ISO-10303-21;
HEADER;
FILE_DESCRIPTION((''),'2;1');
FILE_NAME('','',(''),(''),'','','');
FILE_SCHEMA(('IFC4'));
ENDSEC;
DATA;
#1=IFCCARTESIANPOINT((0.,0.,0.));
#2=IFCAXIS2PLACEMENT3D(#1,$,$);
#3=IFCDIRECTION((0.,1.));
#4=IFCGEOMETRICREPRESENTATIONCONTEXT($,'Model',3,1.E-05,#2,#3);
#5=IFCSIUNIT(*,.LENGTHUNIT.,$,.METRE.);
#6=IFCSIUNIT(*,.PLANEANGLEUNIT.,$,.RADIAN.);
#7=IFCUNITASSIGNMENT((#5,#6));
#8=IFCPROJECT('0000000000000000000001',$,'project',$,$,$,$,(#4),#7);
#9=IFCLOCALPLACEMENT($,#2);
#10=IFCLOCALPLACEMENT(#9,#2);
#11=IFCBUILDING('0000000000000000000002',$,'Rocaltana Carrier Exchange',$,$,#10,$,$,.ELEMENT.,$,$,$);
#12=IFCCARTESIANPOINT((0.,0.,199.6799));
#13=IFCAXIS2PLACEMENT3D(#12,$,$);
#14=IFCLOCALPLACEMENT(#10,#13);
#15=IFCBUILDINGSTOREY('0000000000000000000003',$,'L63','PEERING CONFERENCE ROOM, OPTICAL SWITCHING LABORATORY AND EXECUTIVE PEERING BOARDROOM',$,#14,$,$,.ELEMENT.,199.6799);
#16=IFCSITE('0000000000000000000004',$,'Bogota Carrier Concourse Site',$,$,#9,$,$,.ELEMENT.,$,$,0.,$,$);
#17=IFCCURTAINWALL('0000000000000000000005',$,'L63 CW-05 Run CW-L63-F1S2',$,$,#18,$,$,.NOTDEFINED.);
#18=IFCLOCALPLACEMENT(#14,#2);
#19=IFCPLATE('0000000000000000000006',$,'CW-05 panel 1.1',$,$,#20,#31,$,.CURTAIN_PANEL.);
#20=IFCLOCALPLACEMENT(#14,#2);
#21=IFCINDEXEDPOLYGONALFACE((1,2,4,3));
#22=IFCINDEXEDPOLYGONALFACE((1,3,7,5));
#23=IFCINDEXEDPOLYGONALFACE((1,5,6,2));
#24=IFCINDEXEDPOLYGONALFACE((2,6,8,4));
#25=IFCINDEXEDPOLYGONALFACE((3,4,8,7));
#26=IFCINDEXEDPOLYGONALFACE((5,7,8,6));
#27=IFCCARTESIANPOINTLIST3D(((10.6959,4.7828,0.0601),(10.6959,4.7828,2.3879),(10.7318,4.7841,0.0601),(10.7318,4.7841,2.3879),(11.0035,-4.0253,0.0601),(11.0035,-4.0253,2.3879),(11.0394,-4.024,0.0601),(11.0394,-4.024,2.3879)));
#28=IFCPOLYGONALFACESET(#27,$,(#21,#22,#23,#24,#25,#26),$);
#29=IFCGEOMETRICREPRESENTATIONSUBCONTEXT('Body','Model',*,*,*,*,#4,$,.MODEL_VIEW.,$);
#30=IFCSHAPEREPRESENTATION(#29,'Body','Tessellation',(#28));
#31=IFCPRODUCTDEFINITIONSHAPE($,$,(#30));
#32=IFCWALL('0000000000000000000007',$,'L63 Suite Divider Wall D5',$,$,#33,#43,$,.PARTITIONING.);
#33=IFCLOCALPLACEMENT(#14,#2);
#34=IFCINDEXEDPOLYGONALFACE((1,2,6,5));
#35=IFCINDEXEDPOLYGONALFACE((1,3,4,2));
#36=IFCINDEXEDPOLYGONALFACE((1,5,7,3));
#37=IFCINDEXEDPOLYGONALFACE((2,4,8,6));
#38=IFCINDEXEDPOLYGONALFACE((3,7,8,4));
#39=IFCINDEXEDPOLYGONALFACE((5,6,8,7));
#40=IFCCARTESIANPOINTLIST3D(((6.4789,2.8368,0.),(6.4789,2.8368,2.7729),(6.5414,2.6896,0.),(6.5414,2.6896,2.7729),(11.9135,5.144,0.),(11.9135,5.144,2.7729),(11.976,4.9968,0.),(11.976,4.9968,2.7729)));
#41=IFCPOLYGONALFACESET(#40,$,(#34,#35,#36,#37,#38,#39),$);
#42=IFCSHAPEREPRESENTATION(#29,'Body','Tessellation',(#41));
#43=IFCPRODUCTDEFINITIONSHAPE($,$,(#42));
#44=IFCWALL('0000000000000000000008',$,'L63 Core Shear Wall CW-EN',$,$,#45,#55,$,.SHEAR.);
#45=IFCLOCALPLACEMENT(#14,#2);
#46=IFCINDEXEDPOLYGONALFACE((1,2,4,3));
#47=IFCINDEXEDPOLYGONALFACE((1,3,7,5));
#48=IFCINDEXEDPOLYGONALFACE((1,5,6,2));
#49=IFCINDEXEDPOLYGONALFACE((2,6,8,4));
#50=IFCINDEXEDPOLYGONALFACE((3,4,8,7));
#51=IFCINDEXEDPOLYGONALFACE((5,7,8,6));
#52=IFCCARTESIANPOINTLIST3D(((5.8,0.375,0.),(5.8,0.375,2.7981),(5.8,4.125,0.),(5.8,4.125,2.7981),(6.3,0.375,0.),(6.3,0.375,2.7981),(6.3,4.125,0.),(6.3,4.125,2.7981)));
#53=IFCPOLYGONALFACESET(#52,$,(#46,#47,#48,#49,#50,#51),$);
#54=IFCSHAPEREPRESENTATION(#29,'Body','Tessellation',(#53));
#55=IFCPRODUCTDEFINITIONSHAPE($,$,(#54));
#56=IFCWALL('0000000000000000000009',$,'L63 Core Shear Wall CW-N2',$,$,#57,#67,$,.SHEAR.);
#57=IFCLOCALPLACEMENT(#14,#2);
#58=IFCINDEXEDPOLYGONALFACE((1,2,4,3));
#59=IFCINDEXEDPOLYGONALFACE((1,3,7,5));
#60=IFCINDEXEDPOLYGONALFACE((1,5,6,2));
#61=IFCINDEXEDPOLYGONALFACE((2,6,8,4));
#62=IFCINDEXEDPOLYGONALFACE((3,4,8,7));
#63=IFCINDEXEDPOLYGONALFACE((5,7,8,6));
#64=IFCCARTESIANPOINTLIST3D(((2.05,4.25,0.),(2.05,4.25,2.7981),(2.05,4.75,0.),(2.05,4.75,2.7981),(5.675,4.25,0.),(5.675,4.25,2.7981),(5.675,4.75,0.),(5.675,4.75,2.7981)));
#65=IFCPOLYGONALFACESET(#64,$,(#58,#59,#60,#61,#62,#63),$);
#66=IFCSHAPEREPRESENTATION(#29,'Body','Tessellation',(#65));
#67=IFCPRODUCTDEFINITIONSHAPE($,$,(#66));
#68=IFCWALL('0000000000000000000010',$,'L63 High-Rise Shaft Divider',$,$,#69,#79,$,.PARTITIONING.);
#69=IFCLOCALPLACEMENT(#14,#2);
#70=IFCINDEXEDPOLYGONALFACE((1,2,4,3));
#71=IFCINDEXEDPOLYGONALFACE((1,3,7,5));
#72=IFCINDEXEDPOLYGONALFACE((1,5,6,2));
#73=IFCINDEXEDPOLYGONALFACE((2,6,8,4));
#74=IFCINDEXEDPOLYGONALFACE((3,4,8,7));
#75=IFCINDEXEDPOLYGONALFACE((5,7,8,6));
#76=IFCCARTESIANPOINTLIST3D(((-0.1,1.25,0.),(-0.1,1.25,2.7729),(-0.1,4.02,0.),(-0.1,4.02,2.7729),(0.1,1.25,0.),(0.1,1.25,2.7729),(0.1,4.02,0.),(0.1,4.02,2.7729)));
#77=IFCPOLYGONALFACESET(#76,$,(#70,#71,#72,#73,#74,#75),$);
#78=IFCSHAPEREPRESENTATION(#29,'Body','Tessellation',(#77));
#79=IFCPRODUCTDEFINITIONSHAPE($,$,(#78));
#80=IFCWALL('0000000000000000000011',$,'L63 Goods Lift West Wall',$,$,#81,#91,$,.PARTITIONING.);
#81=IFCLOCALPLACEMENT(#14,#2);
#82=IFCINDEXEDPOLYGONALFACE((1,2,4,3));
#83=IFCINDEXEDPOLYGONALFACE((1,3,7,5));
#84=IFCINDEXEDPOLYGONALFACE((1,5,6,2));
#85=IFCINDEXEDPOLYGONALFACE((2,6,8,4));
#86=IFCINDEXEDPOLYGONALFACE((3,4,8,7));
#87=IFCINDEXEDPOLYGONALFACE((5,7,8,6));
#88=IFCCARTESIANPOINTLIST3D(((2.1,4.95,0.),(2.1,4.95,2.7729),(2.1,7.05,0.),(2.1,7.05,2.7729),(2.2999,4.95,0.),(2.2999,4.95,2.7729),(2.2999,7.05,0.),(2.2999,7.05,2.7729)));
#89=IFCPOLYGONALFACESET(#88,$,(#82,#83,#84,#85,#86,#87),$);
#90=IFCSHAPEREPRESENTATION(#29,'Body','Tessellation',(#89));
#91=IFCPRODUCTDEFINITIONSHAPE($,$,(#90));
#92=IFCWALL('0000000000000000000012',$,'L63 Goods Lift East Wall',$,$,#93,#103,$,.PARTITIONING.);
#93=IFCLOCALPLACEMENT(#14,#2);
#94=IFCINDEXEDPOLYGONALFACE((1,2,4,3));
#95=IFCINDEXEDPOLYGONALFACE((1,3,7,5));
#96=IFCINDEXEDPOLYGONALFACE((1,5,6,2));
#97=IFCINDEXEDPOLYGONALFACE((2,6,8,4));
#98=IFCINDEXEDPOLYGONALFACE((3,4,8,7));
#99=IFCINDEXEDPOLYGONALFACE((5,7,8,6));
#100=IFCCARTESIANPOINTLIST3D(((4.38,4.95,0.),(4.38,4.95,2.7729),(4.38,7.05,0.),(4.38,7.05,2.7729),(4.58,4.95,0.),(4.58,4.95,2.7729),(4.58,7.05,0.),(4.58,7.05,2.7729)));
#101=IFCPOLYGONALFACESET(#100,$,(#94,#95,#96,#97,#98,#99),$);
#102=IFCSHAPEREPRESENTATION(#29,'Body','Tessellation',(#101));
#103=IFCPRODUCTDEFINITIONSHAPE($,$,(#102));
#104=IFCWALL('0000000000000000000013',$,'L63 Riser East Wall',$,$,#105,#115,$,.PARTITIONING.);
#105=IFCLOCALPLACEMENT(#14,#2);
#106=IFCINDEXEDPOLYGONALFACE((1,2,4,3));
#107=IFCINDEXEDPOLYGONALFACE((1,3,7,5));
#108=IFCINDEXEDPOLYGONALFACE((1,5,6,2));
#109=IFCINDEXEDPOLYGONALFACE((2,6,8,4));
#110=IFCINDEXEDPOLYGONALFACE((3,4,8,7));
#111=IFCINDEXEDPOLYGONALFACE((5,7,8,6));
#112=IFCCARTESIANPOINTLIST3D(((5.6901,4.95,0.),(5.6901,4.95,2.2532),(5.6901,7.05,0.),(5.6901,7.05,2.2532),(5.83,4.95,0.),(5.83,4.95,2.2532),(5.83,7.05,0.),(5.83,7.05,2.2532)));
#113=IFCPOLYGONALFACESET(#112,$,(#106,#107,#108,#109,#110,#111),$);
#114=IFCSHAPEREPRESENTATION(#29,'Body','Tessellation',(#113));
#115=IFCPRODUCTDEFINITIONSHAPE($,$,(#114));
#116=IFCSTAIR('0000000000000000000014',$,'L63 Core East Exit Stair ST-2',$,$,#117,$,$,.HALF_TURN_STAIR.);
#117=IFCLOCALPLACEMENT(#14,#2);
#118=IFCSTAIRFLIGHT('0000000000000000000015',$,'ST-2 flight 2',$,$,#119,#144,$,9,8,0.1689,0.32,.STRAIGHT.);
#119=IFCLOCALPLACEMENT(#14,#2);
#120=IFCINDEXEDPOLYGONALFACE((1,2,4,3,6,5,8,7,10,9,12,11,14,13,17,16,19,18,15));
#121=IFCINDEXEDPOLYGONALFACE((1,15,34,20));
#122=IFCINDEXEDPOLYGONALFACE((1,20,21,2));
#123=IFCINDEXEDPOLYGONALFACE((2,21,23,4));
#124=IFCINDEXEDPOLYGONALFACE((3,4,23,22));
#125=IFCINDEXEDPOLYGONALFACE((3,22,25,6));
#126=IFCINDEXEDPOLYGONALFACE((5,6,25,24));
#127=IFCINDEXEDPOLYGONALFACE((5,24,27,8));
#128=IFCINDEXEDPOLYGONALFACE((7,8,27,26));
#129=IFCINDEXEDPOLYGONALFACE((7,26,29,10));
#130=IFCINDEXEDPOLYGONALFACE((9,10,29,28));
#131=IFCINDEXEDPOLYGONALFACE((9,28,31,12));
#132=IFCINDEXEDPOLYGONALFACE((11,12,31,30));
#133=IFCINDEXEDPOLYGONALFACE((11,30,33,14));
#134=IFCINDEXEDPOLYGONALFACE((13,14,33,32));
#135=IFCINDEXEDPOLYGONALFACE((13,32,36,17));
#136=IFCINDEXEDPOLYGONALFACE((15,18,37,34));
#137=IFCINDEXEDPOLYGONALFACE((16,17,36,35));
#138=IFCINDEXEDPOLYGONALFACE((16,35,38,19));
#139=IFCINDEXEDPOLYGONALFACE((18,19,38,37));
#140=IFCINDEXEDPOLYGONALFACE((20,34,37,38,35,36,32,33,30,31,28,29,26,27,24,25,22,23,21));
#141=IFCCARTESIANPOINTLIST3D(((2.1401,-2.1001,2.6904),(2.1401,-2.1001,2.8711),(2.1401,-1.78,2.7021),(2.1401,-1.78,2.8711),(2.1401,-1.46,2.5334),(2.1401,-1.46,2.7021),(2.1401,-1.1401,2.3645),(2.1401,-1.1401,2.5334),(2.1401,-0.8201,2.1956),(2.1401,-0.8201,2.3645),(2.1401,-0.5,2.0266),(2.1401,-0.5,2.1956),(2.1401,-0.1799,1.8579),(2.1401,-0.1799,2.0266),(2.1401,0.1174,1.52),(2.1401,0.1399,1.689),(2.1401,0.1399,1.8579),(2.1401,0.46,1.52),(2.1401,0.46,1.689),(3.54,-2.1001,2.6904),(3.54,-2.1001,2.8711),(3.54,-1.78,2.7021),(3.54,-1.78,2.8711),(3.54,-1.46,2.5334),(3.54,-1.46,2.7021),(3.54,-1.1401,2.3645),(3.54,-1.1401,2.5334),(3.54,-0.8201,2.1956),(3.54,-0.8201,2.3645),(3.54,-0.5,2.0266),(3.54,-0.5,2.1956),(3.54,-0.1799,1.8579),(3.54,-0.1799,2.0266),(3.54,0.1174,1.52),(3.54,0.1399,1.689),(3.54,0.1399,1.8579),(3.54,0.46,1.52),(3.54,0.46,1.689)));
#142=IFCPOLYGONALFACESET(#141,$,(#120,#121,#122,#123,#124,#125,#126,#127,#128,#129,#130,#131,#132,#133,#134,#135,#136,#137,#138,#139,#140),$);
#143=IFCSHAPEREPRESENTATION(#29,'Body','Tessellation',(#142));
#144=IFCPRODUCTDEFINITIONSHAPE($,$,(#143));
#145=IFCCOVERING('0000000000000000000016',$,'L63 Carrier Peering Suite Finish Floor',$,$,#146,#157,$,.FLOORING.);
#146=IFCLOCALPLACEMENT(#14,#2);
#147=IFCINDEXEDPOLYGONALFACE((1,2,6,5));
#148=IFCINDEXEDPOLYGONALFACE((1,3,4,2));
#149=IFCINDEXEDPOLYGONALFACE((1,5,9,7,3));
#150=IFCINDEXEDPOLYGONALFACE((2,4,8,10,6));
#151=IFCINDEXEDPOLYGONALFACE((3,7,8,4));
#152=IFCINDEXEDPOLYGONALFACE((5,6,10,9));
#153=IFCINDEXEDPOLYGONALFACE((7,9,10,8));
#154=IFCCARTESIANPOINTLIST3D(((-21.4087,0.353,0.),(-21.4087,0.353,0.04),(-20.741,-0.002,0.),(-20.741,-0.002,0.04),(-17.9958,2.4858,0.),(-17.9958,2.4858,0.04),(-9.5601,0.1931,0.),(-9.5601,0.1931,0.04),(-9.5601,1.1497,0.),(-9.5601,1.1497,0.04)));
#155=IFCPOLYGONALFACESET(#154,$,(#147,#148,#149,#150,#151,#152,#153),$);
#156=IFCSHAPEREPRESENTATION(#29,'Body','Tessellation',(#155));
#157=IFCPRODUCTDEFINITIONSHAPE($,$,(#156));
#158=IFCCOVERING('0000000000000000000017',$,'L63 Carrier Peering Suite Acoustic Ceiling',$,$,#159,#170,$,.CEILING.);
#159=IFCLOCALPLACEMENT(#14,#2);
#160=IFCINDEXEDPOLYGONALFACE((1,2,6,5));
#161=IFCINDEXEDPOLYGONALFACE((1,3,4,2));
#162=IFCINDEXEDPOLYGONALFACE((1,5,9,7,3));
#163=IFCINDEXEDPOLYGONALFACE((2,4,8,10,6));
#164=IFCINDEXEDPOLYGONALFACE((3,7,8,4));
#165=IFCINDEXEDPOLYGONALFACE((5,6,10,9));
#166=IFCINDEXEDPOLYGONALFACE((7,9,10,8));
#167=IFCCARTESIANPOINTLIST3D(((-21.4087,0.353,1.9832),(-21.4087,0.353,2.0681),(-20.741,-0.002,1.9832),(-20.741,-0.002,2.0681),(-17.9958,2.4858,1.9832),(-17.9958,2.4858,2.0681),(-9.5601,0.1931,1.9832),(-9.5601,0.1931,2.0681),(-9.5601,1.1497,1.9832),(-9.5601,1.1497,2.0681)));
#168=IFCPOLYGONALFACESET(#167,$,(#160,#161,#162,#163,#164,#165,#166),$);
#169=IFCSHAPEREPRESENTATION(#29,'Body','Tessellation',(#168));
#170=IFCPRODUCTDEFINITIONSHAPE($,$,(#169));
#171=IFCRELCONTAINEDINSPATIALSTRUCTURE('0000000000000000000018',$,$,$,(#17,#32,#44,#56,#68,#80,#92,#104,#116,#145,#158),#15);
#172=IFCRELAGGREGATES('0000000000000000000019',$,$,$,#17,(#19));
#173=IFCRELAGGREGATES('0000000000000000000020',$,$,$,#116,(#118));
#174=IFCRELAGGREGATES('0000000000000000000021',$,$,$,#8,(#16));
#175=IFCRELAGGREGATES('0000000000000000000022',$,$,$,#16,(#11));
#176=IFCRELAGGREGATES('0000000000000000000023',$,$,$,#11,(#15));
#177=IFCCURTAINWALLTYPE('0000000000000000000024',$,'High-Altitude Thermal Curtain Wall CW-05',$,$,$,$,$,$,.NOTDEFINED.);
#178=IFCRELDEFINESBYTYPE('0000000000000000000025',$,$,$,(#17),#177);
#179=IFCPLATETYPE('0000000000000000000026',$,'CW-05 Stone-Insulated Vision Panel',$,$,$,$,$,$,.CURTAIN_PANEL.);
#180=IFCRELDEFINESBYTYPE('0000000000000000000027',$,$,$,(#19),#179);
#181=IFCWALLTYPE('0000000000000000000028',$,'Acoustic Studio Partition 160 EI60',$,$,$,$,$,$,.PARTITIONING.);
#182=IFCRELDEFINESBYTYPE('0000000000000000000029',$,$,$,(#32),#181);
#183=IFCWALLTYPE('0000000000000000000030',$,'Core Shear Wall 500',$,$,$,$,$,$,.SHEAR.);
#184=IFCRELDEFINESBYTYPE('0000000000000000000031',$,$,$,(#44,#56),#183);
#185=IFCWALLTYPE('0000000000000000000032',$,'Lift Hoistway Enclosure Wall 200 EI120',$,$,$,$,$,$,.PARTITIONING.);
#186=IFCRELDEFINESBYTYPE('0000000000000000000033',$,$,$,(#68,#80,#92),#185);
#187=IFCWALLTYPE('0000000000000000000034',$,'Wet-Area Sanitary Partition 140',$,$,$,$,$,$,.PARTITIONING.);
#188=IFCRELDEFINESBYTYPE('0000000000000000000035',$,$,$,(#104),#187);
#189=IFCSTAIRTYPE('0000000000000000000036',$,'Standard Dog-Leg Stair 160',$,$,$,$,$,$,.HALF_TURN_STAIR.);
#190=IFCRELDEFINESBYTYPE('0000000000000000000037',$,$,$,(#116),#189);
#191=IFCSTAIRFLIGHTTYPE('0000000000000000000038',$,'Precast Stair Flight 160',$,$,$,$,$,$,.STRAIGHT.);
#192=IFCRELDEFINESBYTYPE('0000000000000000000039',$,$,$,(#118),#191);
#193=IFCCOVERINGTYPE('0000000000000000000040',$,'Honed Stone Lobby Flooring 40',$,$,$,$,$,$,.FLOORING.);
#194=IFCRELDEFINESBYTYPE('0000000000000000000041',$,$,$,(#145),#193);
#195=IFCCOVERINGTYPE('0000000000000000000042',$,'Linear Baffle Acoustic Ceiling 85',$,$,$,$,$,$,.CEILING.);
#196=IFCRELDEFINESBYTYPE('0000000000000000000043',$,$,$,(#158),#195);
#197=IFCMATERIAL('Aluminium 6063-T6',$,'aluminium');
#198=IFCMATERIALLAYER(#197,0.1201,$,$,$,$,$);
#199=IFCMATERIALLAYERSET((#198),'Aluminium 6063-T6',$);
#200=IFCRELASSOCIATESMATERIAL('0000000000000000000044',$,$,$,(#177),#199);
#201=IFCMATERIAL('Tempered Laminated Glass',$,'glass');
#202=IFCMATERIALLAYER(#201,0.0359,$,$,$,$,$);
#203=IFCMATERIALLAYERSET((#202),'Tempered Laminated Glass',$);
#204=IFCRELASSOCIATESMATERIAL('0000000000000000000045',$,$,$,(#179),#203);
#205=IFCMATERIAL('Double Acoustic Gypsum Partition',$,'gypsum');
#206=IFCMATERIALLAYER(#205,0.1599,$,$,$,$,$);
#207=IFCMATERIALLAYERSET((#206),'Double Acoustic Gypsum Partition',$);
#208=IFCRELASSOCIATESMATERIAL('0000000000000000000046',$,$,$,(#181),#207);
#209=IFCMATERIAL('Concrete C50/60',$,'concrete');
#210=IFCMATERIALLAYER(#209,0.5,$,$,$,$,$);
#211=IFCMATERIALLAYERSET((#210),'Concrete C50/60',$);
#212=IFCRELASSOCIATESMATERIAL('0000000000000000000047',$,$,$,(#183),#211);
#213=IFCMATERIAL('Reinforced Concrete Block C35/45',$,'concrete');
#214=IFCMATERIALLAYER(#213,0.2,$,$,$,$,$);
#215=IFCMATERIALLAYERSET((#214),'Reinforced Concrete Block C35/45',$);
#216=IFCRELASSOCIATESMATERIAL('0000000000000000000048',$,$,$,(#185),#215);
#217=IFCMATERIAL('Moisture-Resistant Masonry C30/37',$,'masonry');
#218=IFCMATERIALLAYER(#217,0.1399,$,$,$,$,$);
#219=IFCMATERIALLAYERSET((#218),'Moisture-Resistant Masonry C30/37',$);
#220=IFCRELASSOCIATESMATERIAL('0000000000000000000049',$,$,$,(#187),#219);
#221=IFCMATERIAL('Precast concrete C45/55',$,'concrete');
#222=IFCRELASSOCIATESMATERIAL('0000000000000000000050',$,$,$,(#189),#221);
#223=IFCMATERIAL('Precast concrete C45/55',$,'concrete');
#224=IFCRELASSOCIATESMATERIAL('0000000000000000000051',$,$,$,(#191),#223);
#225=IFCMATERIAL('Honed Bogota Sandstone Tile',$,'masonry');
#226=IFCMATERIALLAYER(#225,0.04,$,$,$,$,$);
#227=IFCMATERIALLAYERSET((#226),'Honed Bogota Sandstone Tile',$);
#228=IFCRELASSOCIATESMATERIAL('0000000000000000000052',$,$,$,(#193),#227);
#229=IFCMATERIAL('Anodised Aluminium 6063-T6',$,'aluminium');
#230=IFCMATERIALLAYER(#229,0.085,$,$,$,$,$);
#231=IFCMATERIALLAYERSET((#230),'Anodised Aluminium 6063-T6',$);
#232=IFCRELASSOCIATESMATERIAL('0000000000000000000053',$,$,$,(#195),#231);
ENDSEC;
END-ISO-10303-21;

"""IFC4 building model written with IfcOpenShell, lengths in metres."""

from ifc_helpers import new_model, si_unit, direction, frame, frame_2d, origin, origin_2d, place, context, subcontext, project, spatial, polyline, rectangle, outline, extrude, material, layer, layer_set, type_object, element, aggregate, save


model = new_model("IFC4")

# Units and contexts
model_context = context("Model", 3, precision=1e-05, world=origin(), true_north=direction((0.0, 1.0)))
body_context = subcontext(model_context, "Body", "Model", "MODEL_VIEW")
ifc_project = project(units=[si_unit("LENGTHUNIT", "METRE"), si_unit("PLANEANGLEUNIT", "RADIAN")], contexts=[model_context])

# Site, building, storey
site_placement = place(None, origin())
site = spatial("IfcSite", under=ifc_project, at=site_placement, Name="Bogota Carrier Concourse Site", CompositionType="ELEMENT", RefElevation=0.0)
building_placement = place(site_placement, origin())
building = spatial("IfcBuilding", under=site, at=building_placement, Name="Rocaltana Carrier Exchange", CompositionType="ELEMENT")
storey_placement = place(building_placement, frame((0.0, 0.0, 199.6799)))
storey = spatial("IfcBuildingStorey", under=building, at=storey_placement, Name="L63", Description="PEERING CONFERENCE ROOM, OPTICAL SWITCHING LABORATORY AND EXECUTIVE PEERING BOARDROOM", CompositionType="ELEMENT", Elevation=199.6799)

# Curtain wall
ifc_material_1 = material(Name="Aluminium 6063-T6", Category="aluminium")
ifc_layer_1 = layer(ifc_material_1, 0.1201)
ifc_layer_set_1 = layer_set([ifc_layer_1], Name="Aluminium 6063-T6")
curtain_wall_type = type_object("IfcCurtainWallType", Name="High-Altitude Thermal Curtain Wall CW-05", PredefinedType="NOTDEFINED", material=ifc_layer_set_1)
curtain_wall_placement = place(storey_placement, origin())
curtain_wall = element("IfcCurtainWall", 1, at=curtain_wall_placement, inside=storey, type_object=curtain_wall_type, Name="L63 CW-05 Run CW-L63-F1S2", PredefinedType="NOTDEFINED")

# Plate
ifc_material_2 = material(Name="Tempered Laminated Glass", Category="glass")
ifc_layer_2 = layer(ifc_material_2, 0.0359)
ifc_layer_set_2 = layer_set([ifc_layer_2], Name="Tempered Laminated Glass")
plate_type = type_object("IfcPlateType", Name="CW-05 Stone-Insulated Vision Panel", PredefinedType="CURTAIN_PANEL", material=ifc_layer_set_2)
plate_placement = place(storey_placement, frame((10.8677, 0.3794, 0.0601), z_axis=(0.0, 0.0, 1.0), x_axis=(-0.034903, 0.999391, 0.0)))
plate = element("IfcPlate", 2, at=plate_placement, type_object=plate_type, Name="CW-05 panel 1.1", PredefinedType="CURTAIN_PANEL", context=body_context, shape_type="SweptSolid", body=[
    extrude(rectangle(XDim=8.8135, YDim=0.0359, at=origin_2d()), origin(), (0.0, 0.0, 1.0), 2.3279),
])
aggregate(curtain_wall, [plate])

# Walls
ifc_material_3 = material(Name="Double Acoustic Gypsum Partition", Category="gypsum")
ifc_layer_3 = layer(ifc_material_3, 0.1599)
ifc_layer_set_3 = layer_set([ifc_layer_3], Name="Double Acoustic Gypsum Partition")
wall_type_1 = type_object("IfcWallType", Name="Acoustic Studio Partition 160 EI60", PredefinedType="PARTITIONING", material=ifc_layer_set_3)
wall_1_placement = place(storey_placement, frame((6.51, 2.7632, 0.0), z_axis=(0.0, 0.0, 1.0), x_axis=(0.920487, 0.390773, 0.0)))
element("IfcWall", 3, at=wall_1_placement, inside=storey, type_object=wall_type_1, Name="L63 Suite Divider Wall D5", PredefinedType="PARTITIONING", context=body_context, shape_type="SweptSolid", body=[
    extrude(rectangle(XDim=5.9041, YDim=0.1599, at=frame_2d((2.9521, 0.0))), origin(), (0.0, 0.0, 1.0), 2.7729),
])
ifc_material_4 = material(Name="Concrete C50/60", Category="concrete")
ifc_layer_4 = layer(ifc_material_4, 0.5)
ifc_layer_set_4 = layer_set([ifc_layer_4], Name="Concrete C50/60")
wall_type_2 = type_object("IfcWallType", Name="Core Shear Wall 500", PredefinedType="SHEAR", material=ifc_layer_set_4)
wall_2_placement = place(storey_placement, frame((6.05, 0.375, 0.0), z_axis=(0.0, 0.0, 1.0), x_axis=(0.0, 1.0, 0.0)))
element("IfcWall", 4, at=wall_2_placement, inside=storey, type_object=wall_type_2, Name="L63 Core Shear Wall CW-EN", PredefinedType="SHEAR", context=body_context, shape_type="SweptSolid", body=[
    extrude(rectangle(XDim=3.75, YDim=0.5, at=frame_2d((1.875, 0.0))), origin(), (0.0, 0.0, 1.0), 2.7981),
])
wall_3_placement = place(storey_placement, frame((2.05, 4.5, 0.0), z_axis=(0.0, 0.0, 1.0), x_axis=(1.0, 0.0, 0.0)))
element("IfcWall", 5, at=wall_3_placement, inside=storey, type_object=wall_type_2, Name="L63 Core Shear Wall CW-N2", PredefinedType="SHEAR", context=body_context, shape_type="SweptSolid", body=[
    extrude(rectangle(XDim=3.625, YDim=0.5, at=frame_2d((1.8125, 0.0))), origin(), (0.0, 0.0, 1.0), 2.7981),
])
ifc_material_5 = material(Name="Reinforced Concrete Block C35/45", Category="concrete")
ifc_layer_5 = layer(ifc_material_5, 0.2)
ifc_layer_set_5 = layer_set([ifc_layer_5], Name="Reinforced Concrete Block C35/45")
wall_type_3 = type_object("IfcWallType", Name="Lift Hoistway Enclosure Wall 200 EI120", PredefinedType="PARTITIONING", material=ifc_layer_set_5)
wall_4_placement = place(storey_placement, frame((0.0, 1.25, 0.0), z_axis=(0.0, 0.0, 1.0), x_axis=(0.0, 1.0, 0.0)))
element("IfcWall", 6, at=wall_4_placement, inside=storey, type_object=wall_type_3, Name="L63 High-Rise Shaft Divider", PredefinedType="PARTITIONING", context=body_context, shape_type="SweptSolid", body=[
    extrude(rectangle(XDim=2.77, YDim=0.2, at=frame_2d((1.385, 0.0))), origin(), (0.0, 0.0, 1.0), 2.7729),
])
for number, where, z_axis, x_axis, name in (
    (7, (2.2, 4.95, 0.0), (0.0, 0.0, 1.0), (0.0, 1.0, 0.0), "L63 Goods Lift West Wall"),
    (8, (4.48, 4.95, 0.0), (0.0, 0.0, 1.0), (0.0, 1.0, 0.0), "L63 Goods Lift East Wall"),
):
    element("IfcWall", number, at=place(storey_placement, frame(where, z_axis=z_axis, x_axis=x_axis)), inside=storey, type_object=wall_type_3, Name=name, PredefinedType="PARTITIONING", context=body_context, shape_type="SweptSolid", body=[
        extrude(rectangle(XDim=2.1001, YDim=0.2, at=frame_2d((1.05, 0.0))), origin(), (0.0, 0.0, 1.0), 2.7729),
    ])
ifc_material_6 = material(Name="Moisture-Resistant Masonry C30/37", Category="masonry")
ifc_layer_6 = layer(ifc_material_6, 0.1399)
ifc_layer_set_6 = layer_set([ifc_layer_6], Name="Moisture-Resistant Masonry C30/37")
wall_type_4 = type_object("IfcWallType", Name="Wet-Area Sanitary Partition 140", PredefinedType="PARTITIONING", material=ifc_layer_set_6)
wall_5_placement = place(storey_placement, frame((5.76, 4.95, 0.0), z_axis=(0.0, 0.0, 1.0), x_axis=(0.0, 1.0, 0.0)))
element("IfcWall", 9, at=wall_5_placement, inside=storey, type_object=wall_type_4, Name="L63 Riser East Wall", PredefinedType="PARTITIONING", context=body_context, shape_type="SweptSolid", body=[
    extrude(rectangle(XDim=2.1001, YDim=0.1399, at=frame_2d((1.05, 0.0))), origin(), (0.0, 0.0, 1.0), 2.2532),
])

# Stair, stair flight
ifc_material_7 = material(Name="Precast concrete C45/55", Category="concrete")
stair_type = type_object("IfcStairType", Name="Standard Dog-Leg Stair 160", PredefinedType="HALF_TURN_STAIR", material=ifc_material_7)
stair_placement = place(storey_placement, origin())
stair = element("IfcStair", 10, at=stair_placement, inside=storey, type_object=stair_type, Name="L63 Core East Exit Stair ST-2", PredefinedType="HALF_TURN_STAIR")
ifc_material_8 = material(Name="Precast concrete C45/55", Category="concrete")
stair_flight_type = type_object("IfcStairFlightType", Name="Precast Stair Flight 160", PredefinedType="STRAIGHT", material=ifc_material_8)
stair_flight_placement = place(storey_placement, frame((2.8401, 0.46, 1.52), z_axis=(0.0, 0.0, 1.0), x_axis=(0.0, -1.0, 0.0)))
stair_flight = element("IfcStairFlight", 11, at=stair_flight_placement, type_object=stair_flight_type, Name="ST-2 flight 2", NumberOfRisers=9, NumberOfTreads=8, PredefinedType="STRAIGHT", RiserHeight=0.1689, TreadLength=0.32, context=body_context, shape_type="SweptSolid", body=[
    extrude(outline(polyline([(0.0, 0.0), (0.0, 0.1689), (0.3201, 0.1689), (0.3201, 0.3379), (0.6399, 0.3379), (0.6399, 0.5066), (0.96, 0.5066), (0.96, 0.6755), (1.28, 0.6755), (1.28, 0.8445), (1.6001, 0.8445), (1.6001, 1.0134), (1.9199, 1.0134), (1.9199, 1.1821), (2.24, 1.1821), (2.24, 1.3511), (2.5601, 1.3511), (2.5601, 1.52), (2.5601, 1.1704), (0.3425, 0.0), (0.0, 0.0)])), frame((0.0, 0.7, 0.0), z_axis=(0.0, -1.0, 0.0), x_axis=(1.0, 0.0, 0.0)), (0.0, 0.0, 1.0), 1.3999),
])
aggregate(stair, [stair_flight])

# Coverings
ifc_material_9 = material(Name="Honed Bogota Sandstone Tile", Category="masonry")
ifc_layer_7 = layer(ifc_material_9, 0.04)
ifc_layer_set_7 = layer_set([ifc_layer_7], Name="Honed Bogota Sandstone Tile")
covering_type_1 = type_object("IfcCoveringType", Name="Honed Stone Lobby Flooring 40", PredefinedType="FLOORING", material=ifc_layer_set_7)
covering_1_placement = place(storey_placement, origin())
element("IfcCovering", 12, at=covering_1_placement, inside=storey, type_object=covering_type_1, Name="L63 Carrier Peering Suite Finish Floor", PredefinedType="FLOORING", context=body_context, shape_type="SweptSolid", body=[
    extrude(outline(polyline([(-21.4087, 0.353), (-17.9958, 2.4858), (-9.5601, 1.1497), (-9.5601, 0.1931), (-20.741, -0.002), (-21.4087, 0.353)])), origin(), (0.0, 0.0, 1.0), 0.04),
])
ifc_material_10 = material(Name="Anodised Aluminium 6063-T6", Category="aluminium")
ifc_layer_8 = layer(ifc_material_10, 0.085)
ifc_layer_set_8 = layer_set([ifc_layer_8], Name="Anodised Aluminium 6063-T6")
covering_type_2 = type_object("IfcCoveringType", Name="Linear Baffle Acoustic Ceiling 85", PredefinedType="CEILING", material=ifc_layer_set_8)
covering_2_placement = place(storey_placement, frame((0.0, 0.0, 1.9832)))
element("IfcCovering", 13, at=covering_2_placement, inside=storey, type_object=covering_type_2, Name="L63 Carrier Peering Suite Acoustic Ceiling", PredefinedType="CEILING", context=body_context, shape_type="SweptSolid", body=[
    extrude(outline(polyline([(-21.4087, 0.353), (-17.9958, 2.4858), (-9.5601, 1.1497), (-9.5601, 0.1931), (-20.741, -0.002), (-21.4087, 0.353)])), origin(), (0.0, 0.0, 1.0), 0.085),
])

save(model, "model.ifc")
